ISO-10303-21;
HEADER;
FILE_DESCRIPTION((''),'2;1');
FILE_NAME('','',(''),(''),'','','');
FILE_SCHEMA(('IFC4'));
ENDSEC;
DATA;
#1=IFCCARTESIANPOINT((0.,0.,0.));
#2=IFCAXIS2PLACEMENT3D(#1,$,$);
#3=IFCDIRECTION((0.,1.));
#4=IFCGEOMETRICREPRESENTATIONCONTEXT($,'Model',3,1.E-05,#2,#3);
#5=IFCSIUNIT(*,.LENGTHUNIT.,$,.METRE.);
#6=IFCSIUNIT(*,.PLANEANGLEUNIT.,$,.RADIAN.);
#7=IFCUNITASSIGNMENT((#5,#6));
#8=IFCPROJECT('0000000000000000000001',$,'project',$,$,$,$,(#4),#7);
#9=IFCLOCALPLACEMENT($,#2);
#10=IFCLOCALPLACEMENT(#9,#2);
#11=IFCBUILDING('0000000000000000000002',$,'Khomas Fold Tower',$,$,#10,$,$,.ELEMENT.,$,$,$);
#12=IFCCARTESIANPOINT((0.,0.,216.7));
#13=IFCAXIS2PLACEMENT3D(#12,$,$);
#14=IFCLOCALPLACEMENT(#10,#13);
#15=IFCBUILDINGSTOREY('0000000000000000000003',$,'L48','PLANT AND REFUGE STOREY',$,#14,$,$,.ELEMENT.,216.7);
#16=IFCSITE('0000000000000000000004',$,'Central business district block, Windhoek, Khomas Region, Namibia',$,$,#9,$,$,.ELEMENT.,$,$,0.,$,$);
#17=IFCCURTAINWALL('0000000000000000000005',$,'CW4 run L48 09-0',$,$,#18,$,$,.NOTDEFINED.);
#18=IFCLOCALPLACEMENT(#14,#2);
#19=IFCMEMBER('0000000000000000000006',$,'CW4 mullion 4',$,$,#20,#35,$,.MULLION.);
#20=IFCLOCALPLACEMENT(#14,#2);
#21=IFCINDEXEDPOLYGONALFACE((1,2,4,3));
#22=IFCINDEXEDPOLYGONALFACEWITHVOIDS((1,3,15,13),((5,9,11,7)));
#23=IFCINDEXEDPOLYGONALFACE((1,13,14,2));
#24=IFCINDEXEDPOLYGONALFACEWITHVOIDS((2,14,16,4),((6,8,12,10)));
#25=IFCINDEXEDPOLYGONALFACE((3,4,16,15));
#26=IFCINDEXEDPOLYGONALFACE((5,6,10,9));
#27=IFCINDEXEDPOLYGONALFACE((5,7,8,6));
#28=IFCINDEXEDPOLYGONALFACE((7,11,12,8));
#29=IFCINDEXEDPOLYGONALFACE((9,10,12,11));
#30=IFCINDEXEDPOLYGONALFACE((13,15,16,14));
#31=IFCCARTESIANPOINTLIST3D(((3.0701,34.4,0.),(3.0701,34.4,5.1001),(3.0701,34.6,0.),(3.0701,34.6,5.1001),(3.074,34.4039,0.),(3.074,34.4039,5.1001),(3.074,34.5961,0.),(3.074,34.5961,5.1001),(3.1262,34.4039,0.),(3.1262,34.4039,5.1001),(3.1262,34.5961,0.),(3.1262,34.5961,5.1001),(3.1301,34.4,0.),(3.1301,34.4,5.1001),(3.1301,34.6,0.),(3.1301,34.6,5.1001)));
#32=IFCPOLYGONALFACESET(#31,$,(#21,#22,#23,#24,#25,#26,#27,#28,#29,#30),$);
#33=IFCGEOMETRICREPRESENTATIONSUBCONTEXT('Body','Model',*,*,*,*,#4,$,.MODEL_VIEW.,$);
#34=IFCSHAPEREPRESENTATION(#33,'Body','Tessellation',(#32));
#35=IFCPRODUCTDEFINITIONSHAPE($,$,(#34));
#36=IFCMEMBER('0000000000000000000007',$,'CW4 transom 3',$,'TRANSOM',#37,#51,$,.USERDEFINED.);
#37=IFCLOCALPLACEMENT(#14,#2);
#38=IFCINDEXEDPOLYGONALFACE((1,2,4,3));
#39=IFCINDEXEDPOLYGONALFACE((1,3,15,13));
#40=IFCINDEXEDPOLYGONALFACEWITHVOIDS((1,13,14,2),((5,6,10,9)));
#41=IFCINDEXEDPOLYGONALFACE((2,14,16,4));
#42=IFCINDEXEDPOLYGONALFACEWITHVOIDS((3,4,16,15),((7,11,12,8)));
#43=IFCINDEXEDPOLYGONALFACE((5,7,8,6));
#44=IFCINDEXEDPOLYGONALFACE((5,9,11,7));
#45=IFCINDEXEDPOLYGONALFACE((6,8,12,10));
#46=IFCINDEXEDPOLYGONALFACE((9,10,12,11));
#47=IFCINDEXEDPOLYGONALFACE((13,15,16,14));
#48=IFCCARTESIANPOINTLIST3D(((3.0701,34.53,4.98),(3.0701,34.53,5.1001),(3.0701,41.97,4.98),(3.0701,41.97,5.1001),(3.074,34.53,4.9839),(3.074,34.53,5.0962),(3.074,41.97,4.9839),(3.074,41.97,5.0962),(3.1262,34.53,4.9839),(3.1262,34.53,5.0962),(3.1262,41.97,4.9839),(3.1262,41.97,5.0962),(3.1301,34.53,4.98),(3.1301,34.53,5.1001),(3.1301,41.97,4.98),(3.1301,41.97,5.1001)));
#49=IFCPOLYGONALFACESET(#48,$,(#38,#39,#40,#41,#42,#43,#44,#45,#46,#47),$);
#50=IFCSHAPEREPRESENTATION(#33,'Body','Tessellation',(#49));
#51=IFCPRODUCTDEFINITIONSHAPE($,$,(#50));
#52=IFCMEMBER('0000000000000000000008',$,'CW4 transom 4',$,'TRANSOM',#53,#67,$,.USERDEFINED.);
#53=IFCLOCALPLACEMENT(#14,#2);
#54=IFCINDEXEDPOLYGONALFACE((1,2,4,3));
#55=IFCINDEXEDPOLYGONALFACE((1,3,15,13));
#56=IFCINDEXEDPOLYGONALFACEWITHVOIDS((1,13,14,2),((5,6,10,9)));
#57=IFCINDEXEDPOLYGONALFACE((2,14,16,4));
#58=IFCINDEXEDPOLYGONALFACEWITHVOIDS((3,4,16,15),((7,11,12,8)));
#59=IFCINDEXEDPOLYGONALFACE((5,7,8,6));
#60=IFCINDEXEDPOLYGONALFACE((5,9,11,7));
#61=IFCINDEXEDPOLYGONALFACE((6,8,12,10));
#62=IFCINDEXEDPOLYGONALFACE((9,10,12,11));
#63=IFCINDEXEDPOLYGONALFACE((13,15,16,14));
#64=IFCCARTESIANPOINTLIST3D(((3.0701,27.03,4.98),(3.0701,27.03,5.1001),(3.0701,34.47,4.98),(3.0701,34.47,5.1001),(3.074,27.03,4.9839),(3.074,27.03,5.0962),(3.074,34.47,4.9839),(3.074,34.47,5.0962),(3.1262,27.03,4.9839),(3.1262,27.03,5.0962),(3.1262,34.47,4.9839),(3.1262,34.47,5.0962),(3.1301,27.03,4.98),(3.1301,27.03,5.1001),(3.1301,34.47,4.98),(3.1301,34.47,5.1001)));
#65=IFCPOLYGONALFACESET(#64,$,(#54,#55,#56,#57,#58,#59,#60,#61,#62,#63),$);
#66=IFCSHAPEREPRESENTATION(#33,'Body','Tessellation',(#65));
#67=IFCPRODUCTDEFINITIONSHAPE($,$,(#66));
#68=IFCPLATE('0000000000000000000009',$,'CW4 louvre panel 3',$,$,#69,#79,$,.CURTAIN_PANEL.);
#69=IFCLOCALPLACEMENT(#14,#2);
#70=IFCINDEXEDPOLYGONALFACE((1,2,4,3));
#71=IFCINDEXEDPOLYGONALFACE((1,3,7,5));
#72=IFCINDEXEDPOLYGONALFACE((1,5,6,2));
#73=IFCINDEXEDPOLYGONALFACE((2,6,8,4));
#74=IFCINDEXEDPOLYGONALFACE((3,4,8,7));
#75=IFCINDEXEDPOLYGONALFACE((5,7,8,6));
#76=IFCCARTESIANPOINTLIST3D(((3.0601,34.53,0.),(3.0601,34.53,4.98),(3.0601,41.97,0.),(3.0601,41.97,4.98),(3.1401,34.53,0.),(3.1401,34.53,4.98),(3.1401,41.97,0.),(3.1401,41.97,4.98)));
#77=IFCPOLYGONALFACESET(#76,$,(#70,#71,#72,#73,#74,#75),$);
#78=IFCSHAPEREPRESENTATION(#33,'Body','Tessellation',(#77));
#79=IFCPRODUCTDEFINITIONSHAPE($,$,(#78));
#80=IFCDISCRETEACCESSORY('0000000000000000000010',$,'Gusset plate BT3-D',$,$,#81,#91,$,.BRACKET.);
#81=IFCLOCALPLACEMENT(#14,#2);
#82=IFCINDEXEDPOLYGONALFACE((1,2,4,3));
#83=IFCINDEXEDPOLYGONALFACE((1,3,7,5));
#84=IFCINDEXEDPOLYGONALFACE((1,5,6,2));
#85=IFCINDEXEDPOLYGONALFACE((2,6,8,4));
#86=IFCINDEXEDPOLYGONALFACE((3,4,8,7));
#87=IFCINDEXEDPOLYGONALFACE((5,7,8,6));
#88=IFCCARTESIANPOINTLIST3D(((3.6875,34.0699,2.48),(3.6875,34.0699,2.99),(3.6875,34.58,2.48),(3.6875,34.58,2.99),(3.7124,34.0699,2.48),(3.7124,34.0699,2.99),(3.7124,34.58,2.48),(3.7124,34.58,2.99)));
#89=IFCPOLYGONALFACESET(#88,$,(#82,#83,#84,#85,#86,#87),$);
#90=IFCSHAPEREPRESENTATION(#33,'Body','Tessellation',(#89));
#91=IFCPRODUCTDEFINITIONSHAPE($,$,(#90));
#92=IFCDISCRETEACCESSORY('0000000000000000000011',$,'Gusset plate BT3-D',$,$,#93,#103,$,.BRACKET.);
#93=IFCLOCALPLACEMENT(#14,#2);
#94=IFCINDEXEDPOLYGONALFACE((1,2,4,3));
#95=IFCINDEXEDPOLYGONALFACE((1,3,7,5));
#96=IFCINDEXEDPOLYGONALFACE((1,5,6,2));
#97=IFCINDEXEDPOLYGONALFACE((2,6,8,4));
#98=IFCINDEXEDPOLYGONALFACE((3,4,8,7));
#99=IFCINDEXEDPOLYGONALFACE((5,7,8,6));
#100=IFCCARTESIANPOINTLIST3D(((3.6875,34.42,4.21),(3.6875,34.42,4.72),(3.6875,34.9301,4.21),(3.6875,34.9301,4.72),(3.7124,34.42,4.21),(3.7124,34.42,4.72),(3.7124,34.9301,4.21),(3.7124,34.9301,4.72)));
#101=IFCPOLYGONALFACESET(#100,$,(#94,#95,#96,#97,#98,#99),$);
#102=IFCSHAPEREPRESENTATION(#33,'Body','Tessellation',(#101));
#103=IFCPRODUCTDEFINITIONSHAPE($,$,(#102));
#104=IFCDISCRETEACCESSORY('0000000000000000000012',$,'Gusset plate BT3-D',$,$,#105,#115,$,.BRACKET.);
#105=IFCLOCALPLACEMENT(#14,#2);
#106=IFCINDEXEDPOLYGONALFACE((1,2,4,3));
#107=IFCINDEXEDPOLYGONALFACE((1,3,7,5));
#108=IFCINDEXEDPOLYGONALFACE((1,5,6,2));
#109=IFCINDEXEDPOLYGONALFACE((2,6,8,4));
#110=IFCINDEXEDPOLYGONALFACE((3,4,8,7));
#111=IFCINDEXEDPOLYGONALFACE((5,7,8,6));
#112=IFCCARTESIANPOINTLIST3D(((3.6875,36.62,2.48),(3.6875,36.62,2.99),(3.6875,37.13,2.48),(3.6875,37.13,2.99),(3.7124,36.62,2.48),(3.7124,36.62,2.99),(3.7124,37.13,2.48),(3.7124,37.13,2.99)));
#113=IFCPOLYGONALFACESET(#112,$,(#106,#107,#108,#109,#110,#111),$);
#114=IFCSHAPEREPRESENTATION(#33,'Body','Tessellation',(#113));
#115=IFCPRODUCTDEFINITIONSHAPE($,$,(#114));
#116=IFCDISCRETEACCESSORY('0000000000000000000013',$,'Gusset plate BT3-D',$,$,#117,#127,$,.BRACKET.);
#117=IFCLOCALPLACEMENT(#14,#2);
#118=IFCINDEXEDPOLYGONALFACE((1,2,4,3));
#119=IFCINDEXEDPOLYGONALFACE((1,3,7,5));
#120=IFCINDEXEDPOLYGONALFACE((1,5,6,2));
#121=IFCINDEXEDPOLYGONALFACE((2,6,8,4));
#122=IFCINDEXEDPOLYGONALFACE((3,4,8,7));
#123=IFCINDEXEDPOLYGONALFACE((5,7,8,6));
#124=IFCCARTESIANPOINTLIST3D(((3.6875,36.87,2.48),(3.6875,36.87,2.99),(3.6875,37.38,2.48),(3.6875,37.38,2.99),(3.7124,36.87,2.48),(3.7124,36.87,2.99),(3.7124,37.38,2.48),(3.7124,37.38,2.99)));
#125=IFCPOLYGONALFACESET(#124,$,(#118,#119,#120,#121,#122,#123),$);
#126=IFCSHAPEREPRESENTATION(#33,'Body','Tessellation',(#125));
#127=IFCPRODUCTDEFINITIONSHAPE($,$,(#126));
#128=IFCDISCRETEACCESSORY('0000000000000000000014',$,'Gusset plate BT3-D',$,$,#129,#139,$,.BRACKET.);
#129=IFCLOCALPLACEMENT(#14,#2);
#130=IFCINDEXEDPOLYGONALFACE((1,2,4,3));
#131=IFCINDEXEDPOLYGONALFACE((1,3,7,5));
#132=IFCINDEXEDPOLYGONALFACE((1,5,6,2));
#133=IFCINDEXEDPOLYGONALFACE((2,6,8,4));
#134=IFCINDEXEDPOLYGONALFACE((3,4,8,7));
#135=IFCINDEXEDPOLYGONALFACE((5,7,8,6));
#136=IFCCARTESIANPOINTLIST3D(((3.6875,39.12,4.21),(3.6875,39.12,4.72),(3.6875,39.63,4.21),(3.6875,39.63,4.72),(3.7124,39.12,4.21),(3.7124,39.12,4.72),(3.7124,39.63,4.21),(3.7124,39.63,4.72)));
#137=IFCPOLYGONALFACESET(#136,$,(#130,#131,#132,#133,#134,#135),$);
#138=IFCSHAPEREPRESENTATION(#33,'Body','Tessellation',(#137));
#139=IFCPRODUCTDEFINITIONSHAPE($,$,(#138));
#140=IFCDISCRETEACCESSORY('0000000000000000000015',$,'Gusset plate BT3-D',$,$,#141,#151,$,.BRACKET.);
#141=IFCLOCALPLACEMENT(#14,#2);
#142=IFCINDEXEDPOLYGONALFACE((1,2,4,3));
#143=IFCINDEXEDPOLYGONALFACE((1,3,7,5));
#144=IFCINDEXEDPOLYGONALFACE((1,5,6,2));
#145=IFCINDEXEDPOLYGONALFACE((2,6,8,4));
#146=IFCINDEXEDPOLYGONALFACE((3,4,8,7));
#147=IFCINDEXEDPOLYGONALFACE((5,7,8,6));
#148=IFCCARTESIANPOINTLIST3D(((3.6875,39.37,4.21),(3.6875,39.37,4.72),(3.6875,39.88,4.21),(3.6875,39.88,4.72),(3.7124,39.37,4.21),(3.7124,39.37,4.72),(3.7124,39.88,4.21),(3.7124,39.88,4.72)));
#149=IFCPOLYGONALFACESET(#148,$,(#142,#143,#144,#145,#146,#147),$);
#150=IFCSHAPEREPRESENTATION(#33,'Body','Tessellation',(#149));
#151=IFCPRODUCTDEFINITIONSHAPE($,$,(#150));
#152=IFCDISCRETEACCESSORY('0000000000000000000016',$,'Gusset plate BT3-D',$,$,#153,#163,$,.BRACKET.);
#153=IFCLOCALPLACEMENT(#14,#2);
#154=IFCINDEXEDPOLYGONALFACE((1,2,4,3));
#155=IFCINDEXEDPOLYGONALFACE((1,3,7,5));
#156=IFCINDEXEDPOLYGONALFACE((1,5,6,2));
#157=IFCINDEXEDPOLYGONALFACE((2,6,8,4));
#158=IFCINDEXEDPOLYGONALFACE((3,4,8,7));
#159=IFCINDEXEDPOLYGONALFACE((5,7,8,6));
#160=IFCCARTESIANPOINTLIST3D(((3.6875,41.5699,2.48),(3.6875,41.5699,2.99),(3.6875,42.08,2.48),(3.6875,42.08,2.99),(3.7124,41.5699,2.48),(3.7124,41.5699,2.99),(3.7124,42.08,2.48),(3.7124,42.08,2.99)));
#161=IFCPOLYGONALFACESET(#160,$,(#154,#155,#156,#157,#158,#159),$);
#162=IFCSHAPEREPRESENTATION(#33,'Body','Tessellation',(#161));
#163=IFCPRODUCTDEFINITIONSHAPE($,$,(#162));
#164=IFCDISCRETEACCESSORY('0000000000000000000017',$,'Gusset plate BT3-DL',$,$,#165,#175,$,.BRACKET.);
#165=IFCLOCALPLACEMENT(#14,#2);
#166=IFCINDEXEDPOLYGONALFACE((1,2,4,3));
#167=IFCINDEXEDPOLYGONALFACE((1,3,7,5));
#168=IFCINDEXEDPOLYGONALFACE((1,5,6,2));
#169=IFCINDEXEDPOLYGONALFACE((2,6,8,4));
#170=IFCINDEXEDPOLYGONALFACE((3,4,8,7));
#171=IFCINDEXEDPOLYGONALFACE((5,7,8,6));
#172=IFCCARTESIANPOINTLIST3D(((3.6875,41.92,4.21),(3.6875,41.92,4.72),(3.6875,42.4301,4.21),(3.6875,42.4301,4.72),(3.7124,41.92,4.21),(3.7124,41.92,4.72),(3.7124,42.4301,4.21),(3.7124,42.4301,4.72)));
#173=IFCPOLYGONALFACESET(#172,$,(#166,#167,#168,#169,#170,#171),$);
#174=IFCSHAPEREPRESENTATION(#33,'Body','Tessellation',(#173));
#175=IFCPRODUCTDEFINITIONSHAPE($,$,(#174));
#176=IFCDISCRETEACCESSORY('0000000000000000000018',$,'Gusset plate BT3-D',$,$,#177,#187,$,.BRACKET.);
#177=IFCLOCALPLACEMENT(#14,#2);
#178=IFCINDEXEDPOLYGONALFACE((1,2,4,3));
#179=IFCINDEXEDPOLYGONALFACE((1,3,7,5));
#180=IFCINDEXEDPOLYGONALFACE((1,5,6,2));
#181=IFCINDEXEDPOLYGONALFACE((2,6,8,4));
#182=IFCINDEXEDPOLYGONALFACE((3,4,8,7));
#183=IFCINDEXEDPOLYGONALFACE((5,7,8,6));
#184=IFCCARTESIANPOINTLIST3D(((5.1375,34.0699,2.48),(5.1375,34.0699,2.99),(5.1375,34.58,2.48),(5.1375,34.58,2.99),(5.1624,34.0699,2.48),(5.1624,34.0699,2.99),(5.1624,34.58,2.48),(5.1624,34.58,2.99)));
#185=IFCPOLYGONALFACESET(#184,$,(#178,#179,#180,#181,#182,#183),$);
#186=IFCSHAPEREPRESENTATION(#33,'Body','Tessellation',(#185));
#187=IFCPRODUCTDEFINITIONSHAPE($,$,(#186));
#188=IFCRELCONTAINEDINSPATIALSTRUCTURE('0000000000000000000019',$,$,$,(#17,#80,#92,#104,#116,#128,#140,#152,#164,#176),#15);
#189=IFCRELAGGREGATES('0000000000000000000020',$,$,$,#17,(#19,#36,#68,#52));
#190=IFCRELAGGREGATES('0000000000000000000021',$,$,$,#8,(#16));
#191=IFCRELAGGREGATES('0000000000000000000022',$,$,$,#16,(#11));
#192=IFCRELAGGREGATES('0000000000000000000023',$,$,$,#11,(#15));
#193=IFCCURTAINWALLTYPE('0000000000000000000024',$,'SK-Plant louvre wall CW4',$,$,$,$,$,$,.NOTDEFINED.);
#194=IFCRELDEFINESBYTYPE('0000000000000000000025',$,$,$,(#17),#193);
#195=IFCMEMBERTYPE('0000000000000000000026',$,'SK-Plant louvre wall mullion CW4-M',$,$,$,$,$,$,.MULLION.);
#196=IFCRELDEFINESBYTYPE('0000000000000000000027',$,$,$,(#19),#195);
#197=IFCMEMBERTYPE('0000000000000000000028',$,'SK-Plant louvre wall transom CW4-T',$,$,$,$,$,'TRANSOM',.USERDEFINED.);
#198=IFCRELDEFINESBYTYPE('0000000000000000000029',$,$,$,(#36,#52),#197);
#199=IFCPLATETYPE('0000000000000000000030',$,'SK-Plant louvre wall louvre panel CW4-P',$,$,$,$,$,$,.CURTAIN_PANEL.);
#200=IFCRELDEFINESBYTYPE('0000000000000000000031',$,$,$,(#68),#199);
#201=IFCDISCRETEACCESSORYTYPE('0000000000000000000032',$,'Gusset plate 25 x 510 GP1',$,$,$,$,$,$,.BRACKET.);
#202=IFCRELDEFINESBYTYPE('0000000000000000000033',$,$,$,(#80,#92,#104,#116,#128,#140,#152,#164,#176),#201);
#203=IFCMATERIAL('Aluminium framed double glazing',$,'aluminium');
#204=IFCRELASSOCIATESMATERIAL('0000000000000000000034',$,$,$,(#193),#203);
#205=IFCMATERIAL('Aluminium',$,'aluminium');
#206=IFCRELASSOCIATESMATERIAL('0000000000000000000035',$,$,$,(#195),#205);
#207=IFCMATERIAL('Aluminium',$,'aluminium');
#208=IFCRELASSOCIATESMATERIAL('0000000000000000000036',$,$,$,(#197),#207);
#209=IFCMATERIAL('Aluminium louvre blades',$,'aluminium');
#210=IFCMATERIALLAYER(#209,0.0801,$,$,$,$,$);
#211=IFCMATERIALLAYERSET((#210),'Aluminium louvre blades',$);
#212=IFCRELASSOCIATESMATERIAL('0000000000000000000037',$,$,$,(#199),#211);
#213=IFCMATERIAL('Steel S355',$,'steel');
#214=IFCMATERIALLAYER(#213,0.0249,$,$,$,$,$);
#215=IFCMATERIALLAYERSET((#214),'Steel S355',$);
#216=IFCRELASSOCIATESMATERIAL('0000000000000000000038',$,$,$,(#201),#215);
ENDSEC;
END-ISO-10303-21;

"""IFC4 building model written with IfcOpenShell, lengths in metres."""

from ifc_helpers import new_model, si_unit, direction, frame, origin, origin_2d, place, context, subcontext, project, spatial, rectangle, hollow_rectangle, extrude, source, transform, mapped, material, layer, layer_set, material_profile, profile_set, type_object, element, aggregate, save


model = new_model("IFC4")

# Units and contexts
model_context = context("Model", 3, precision=1e-05, world=origin(), true_north=direction((0.0, 1.0)))
body_context = subcontext(model_context, "Body", "Model", "MODEL_VIEW")
ifc_project = project(units=[si_unit("LENGTHUNIT", "METRE"), si_unit("PLANEANGLEUNIT", "RADIAN")], contexts=[model_context])

# Site, building, storey
site_placement = place(None, origin())
site = spatial("IfcSite", under=ifc_project, at=site_placement, Name="Central business district block, Windhoek, Khomas Region, Namibia", CompositionType="ELEMENT", RefElevation=0.0)
building_placement = place(site_placement, origin())
building = spatial("IfcBuilding", under=site, at=building_placement, Name="Khomas Fold Tower", CompositionType="ELEMENT")
storey_placement = place(building_placement, frame((0.0, 0.0, 216.7)))
storey = spatial("IfcBuildingStorey", under=building, at=storey_placement, Name="L48", Description="PLANT AND REFUGE STOREY", CompositionType="ELEMENT", Elevation=216.7)

# Curtain wall, members, plate
ifc_material_1 = material(Name="Aluminium framed double glazing", Category="aluminium")
curtain_wall_type = type_object("IfcCurtainWallType", Name="SK-Plant louvre wall CW4", PredefinedType="NOTDEFINED", material=ifc_material_1)
curtain_wall_placement = place(storey_placement, origin())
curtain_wall = element("IfcCurtainWall", 1, at=curtain_wall_placement, inside=storey, type_object=curtain_wall_type, Name="CW4 run L48 09-0", PredefinedType="NOTDEFINED")
ifc_material_2 = material(Name="Aluminium", Category="aluminium")
ifc_material_profile_1 = material_profile(ifc_material_2, hollow_rectangle(XDim=0.0601, YDim=0.2, WallThickness=0.0039, at=origin_2d()), Name="SK-Plant louvre wall mullion CW4-M")
ifc_profile_set_1 = profile_set([ifc_material_profile_1], Name="Aluminium")
member_type_1 = type_object("IfcMemberType", Name="SK-Plant louvre wall mullion CW4-M", PredefinedType="MULLION", material=ifc_profile_set_1)
shared_shape_1 = source(origin(), body_context, "Body", "SweptSolid", [
    extrude(hollow_rectangle(XDim=0.0601, YDim=0.2, WallThickness=0.0039, at=origin_2d()), origin(), (0.0, 0.0, 1.0), 5.1001),
])
member_1_placement = place(storey_placement, frame((3.1001, 34.5, 0.0), z_axis=(0.0, 0.0, 1.0), x_axis=(1.0, 0.0, 0.0)))
member_1 = element("IfcMember", 2, at=member_1_placement, type_object=member_type_1, Name="CW4 mullion 4", PredefinedType="MULLION", context=body_context, shape_type="MappedRepresentation", body=[
    mapped(shared_shape_1, transform((0.0, 0.0, 0.0))),
])
ifc_material_3 = material(Name="Aluminium", Category="aluminium")
ifc_material_profile_2 = material_profile(ifc_material_3, hollow_rectangle(XDim=0.0601, YDim=0.1201, WallThickness=0.0039, at=origin_2d()), Name="SK-Plant louvre wall transom CW4-T")
ifc_profile_set_2 = profile_set([ifc_material_profile_2], Name="Aluminium")
member_type_2 = type_object("IfcMemberType", Name="SK-Plant louvre wall transom CW4-T", ElementType="TRANSOM", PredefinedType="USERDEFINED", material=ifc_profile_set_2)
shared_shape_2 = source(origin(), body_context, "Body", "SweptSolid", [
    extrude(hollow_rectangle(XDim=0.0601, YDim=0.1201, WallThickness=0.0039, at=origin_2d()), origin(), (0.0, 0.0, 1.0), 7.4399),
])
member_2_placement = place(storey_placement, frame((3.1001, 41.97, 5.04), z_axis=(0.0, -1.0, 0.0), x_axis=(1.0, 0.0, 0.0)))
member_2 = element("IfcMember", 3, at=member_2_placement, type_object=member_type_2, Name="CW4 transom 3", ObjectType="TRANSOM", PredefinedType="USERDEFINED", context=body_context, shape_type="MappedRepresentation", body=[
    mapped(shared_shape_2, transform((0.0, 0.0, 0.0))),
])
member_3_placement = place(storey_placement, frame((3.1001, 34.47, 5.04), z_axis=(0.0, -1.0, 0.0), x_axis=(1.0, 0.0, 0.0)))
member_3 = element("IfcMember", 4, at=member_3_placement, type_object=member_type_2, Name="CW4 transom 4", ObjectType="TRANSOM", PredefinedType="USERDEFINED", context=body_context, shape_type="MappedRepresentation", body=[
    mapped(shared_shape_2, transform((0.0, 0.0, 0.0))),
])
ifc_material_4 = material(Name="Aluminium louvre blades", Category="aluminium")
ifc_layer_1 = layer(ifc_material_4, 0.0801)
ifc_layer_set_1 = layer_set([ifc_layer_1], Name="Aluminium louvre blades")
plate_type = type_object("IfcPlateType", Name="SK-Plant louvre wall louvre panel CW4-P", PredefinedType="CURTAIN_PANEL", material=ifc_layer_set_1)
shared_shape_3 = source(origin(), body_context, "Body", "SweptSolid", [
    extrude(rectangle(XDim=7.4399, YDim=0.0801, at=origin_2d()), origin(), (0.0, 0.0, 1.0), 4.98),
])
plate_placement = place(storey_placement, frame((3.1001, 38.25, 0.0), z_axis=(0.0, 0.0, 1.0), x_axis=(0.0, -1.0, 0.0)))
plate = element("IfcPlate", 5, at=plate_placement, type_object=plate_type, Name="CW4 louvre panel 3", PredefinedType="CURTAIN_PANEL", context=body_context, shape_type="MappedRepresentation", body=[
    mapped(shared_shape_3, transform((0.0, 0.0, 0.0))),
])
aggregate(curtain_wall, [member_1, member_2, plate, member_3])

# Discrete accessories
ifc_material_5 = material(Name="Steel S355", Category="steel")
ifc_layer_2 = layer(ifc_material_5, 0.0249)
ifc_layer_set_2 = layer_set([ifc_layer_2], Name="Steel S355")
discrete_accessory_type = type_object("IfcDiscreteAccessoryType", Name="Gusset plate 25 x 510 GP1", PredefinedType="BRACKET", material=ifc_layer_set_2)
shared_shape_4 = source(origin(), body_context, "Body", "SweptSolid", [
    extrude(rectangle(XDim=0.51, YDim=0.0249, at=origin_2d()), origin(), (0.0, 0.0, 1.0), 0.51),
])
for number, where, z_axis, x_axis, name in (
    (6, (3.7, 34.325, 2.48), (0.0, 0.0, 1.0), (0.0, 1.0, 0.0), "Gusset plate BT3-D"),
    (7, (3.7, 34.675, 4.21), (0.0, 0.0, 1.0), (0.0, 1.0, 0.0), "Gusset plate BT3-D"),
    (8, (3.7, 36.875, 2.48), (0.0, 0.0, 1.0), (0.0, 1.0, 0.0), "Gusset plate BT3-D"),
    (9, (3.7, 37.125, 2.48), (0.0, 0.0, 1.0), (0.0, 1.0, 0.0), "Gusset plate BT3-D"),
    (10, (3.7, 39.375, 4.21), (0.0, 0.0, 1.0), (0.0, 1.0, 0.0), "Gusset plate BT3-D"),
    (11, (3.7, 39.625, 4.21), (0.0, 0.0, 1.0), (0.0, 1.0, 0.0), "Gusset plate BT3-D"),
    (12, (3.7, 41.825, 2.48), (0.0, 0.0, 1.0), (0.0, 1.0, 0.0), "Gusset plate BT3-D"),
    (13, (3.7, 42.175, 4.21), (0.0, 0.0, 1.0), (0.0, 1.0, 0.0), "Gusset plate BT3-DL"),
    (14, (5.1499, 34.325, 2.48), (0.0, 0.0, 1.0), (0.0, 1.0, 0.0), "Gusset plate BT3-D"),
):
    element("IfcDiscreteAccessory", number, at=place(storey_placement, frame(where, z_axis=z_axis, x_axis=x_axis)), inside=storey, type_object=discrete_accessory_type, Name=name, PredefinedType="BRACKET", context=body_context, shape_type="MappedRepresentation", body=[
        mapped(shared_shape_4, transform((0.0, 0.0, 0.0))),
    ])

save(model, "model.ifc")
